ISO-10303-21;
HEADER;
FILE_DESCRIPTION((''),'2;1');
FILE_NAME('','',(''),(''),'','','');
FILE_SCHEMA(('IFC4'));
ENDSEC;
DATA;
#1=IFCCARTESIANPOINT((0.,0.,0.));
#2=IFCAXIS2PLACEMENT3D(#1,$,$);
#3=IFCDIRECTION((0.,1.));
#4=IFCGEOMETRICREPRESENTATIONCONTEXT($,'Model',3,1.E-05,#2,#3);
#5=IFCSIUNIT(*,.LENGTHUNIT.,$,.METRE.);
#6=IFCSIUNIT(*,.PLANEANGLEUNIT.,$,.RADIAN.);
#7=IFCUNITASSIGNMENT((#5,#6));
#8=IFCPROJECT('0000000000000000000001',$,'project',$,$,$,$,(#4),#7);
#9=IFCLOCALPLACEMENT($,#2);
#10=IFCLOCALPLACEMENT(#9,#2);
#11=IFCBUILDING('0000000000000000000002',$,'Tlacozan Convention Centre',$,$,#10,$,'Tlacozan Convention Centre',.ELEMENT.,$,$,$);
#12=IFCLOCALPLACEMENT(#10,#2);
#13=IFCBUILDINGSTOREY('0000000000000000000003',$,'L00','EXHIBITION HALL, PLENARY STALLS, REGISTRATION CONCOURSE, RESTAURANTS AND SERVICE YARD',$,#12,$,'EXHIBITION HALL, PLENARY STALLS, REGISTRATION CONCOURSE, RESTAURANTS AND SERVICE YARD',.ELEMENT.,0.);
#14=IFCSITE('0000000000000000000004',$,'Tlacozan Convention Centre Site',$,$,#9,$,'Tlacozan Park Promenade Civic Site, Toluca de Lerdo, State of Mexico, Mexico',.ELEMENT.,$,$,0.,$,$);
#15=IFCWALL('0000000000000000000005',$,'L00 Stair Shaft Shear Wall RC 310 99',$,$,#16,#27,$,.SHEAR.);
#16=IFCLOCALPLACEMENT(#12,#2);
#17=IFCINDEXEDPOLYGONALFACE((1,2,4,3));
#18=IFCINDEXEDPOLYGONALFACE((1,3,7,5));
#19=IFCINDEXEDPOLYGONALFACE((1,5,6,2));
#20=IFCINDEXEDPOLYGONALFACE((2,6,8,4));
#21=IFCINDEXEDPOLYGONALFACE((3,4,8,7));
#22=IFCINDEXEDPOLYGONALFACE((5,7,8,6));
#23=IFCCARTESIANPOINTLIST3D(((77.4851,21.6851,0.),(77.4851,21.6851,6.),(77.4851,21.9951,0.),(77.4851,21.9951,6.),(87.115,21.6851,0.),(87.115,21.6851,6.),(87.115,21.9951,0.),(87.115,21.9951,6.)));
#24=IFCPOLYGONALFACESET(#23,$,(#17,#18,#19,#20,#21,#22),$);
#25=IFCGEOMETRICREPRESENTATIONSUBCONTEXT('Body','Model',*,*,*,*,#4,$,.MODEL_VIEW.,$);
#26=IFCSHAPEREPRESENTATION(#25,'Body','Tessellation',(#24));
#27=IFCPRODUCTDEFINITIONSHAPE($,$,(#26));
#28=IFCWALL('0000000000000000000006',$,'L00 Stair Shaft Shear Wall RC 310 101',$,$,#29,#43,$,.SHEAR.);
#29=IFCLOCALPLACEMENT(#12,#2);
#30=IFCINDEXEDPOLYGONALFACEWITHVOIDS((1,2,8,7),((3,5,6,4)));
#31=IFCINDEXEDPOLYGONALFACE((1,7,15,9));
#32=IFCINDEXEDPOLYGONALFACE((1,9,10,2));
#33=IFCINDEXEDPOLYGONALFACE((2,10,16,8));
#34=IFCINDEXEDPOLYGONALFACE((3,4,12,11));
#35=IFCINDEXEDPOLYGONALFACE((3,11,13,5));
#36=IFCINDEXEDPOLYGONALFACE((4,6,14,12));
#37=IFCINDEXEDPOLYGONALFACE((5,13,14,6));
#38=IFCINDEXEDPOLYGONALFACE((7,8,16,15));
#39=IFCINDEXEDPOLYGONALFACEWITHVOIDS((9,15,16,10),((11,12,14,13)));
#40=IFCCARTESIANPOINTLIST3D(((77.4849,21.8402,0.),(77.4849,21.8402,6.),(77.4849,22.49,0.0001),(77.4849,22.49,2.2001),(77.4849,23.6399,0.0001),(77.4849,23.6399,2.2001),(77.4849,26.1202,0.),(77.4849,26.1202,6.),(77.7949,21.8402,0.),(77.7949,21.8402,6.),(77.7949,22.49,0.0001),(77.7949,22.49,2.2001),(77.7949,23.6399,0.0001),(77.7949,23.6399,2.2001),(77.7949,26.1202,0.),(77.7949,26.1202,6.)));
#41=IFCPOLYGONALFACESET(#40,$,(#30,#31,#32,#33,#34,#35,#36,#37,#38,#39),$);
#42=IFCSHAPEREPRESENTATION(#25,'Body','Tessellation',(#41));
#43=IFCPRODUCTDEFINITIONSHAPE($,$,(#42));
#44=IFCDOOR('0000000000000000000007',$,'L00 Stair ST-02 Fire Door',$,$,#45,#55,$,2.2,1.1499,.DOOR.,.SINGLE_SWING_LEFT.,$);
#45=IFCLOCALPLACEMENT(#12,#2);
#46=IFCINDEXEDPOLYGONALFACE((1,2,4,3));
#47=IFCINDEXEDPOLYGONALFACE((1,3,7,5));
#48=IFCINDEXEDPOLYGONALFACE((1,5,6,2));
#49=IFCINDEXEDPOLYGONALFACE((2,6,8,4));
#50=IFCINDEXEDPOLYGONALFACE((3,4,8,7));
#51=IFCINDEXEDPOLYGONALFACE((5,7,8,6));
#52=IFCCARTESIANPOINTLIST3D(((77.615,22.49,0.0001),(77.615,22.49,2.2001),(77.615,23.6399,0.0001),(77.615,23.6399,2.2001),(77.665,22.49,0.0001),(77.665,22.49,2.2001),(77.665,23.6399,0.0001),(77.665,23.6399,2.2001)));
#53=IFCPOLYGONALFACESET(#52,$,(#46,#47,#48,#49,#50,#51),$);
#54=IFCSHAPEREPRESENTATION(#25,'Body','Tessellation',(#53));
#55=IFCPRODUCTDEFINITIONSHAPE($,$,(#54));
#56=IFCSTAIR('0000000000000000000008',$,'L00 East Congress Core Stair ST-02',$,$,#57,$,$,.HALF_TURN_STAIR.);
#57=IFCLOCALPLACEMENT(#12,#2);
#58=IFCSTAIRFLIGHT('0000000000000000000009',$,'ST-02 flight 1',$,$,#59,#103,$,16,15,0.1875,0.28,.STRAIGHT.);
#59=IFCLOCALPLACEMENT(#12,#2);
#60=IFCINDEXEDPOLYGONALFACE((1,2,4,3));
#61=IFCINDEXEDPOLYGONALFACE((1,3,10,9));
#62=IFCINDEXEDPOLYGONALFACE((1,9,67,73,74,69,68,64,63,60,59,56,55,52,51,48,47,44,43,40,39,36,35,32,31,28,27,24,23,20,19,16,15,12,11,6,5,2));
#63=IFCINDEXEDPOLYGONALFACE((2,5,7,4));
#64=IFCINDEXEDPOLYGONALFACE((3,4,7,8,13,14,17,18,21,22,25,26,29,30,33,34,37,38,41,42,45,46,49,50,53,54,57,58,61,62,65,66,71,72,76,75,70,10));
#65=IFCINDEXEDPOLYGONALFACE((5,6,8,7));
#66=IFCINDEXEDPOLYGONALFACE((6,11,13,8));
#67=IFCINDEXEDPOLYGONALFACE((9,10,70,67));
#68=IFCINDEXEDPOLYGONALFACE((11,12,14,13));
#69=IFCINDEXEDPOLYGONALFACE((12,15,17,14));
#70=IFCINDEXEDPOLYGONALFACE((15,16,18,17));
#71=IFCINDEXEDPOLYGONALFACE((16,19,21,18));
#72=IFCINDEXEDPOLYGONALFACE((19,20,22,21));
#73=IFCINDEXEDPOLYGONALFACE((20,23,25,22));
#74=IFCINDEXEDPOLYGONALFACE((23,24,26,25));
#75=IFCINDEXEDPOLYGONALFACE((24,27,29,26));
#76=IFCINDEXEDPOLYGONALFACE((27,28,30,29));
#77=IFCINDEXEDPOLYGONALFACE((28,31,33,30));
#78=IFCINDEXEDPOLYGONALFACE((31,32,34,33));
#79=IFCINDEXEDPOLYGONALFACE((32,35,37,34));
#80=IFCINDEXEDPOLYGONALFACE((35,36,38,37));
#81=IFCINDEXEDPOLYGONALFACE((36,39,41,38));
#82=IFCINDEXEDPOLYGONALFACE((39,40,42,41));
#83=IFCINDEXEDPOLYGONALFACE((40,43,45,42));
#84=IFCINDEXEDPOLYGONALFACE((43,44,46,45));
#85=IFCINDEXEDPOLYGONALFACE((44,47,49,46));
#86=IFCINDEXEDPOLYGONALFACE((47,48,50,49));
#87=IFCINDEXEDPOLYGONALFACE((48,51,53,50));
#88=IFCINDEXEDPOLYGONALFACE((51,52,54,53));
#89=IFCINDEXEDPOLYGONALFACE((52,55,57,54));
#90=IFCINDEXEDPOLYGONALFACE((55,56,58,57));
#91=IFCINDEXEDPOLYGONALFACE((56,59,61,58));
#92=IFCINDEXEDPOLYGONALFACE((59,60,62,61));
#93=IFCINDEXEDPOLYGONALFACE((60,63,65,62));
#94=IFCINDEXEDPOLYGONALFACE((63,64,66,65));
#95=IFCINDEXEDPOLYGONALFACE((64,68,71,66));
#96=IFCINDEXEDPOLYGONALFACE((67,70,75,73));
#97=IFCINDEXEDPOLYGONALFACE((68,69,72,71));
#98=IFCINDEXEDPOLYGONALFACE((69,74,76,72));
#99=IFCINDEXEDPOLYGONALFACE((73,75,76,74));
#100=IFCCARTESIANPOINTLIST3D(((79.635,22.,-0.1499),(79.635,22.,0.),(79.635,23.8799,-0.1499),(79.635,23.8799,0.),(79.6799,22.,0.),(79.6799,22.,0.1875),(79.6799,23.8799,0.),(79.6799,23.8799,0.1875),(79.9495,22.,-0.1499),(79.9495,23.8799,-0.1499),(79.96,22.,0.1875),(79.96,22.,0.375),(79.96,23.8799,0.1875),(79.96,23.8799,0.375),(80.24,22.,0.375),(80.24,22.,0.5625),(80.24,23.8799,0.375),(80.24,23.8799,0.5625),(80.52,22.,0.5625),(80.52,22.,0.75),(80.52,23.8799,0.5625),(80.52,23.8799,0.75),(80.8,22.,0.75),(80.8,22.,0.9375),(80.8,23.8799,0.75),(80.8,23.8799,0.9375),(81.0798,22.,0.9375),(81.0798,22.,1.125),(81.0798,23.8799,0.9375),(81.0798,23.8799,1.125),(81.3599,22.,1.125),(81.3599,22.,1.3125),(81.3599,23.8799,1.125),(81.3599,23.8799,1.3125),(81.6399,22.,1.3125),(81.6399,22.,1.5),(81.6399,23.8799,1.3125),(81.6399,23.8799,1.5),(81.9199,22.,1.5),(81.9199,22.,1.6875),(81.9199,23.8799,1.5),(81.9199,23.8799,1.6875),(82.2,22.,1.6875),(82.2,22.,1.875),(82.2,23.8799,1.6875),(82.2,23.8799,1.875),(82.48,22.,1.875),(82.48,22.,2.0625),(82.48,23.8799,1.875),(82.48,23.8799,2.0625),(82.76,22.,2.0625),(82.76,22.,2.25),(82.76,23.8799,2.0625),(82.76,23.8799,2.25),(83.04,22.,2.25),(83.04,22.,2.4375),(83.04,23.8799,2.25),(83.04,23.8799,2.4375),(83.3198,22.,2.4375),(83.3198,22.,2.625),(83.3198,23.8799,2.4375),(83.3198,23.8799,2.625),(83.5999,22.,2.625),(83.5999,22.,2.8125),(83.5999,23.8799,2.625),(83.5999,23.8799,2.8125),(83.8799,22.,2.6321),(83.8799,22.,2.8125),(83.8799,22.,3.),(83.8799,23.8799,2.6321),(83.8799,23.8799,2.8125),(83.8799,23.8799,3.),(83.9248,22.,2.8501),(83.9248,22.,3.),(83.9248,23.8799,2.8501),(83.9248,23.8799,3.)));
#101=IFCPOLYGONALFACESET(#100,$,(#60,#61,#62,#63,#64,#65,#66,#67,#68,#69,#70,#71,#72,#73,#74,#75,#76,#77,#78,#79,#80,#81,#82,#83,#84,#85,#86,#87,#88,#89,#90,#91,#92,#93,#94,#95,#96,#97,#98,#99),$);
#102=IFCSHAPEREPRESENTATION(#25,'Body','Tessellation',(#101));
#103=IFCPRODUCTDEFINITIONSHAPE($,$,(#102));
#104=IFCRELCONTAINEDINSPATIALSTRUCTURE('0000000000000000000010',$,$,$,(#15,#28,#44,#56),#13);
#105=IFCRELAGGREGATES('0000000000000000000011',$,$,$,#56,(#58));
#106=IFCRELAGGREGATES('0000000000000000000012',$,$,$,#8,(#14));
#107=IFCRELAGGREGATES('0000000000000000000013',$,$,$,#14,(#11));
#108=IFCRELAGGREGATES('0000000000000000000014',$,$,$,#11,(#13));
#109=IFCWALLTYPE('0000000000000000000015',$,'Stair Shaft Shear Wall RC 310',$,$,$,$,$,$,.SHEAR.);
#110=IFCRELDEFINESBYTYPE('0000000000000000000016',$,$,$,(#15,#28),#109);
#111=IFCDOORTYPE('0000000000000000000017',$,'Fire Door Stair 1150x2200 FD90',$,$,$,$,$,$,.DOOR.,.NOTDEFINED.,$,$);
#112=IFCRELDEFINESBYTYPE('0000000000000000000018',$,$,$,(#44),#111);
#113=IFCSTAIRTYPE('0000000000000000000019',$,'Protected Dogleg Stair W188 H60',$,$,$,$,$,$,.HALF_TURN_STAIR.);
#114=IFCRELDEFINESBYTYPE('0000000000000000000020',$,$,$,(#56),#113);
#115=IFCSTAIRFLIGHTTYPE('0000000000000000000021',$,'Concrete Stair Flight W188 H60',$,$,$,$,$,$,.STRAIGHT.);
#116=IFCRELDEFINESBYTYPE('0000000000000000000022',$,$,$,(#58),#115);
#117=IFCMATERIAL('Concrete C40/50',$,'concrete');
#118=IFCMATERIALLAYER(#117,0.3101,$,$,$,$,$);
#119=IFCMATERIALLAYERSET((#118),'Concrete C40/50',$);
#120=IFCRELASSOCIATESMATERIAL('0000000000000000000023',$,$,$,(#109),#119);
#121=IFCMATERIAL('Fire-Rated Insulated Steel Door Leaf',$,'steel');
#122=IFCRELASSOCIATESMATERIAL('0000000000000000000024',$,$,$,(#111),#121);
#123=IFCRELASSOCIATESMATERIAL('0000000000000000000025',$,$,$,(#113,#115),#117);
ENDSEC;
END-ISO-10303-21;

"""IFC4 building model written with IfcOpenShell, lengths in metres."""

from ifc_helpers import new_model, si_unit, direction, frame, frame_2d, origin, place, context, subcontext, project, spatial, polyline, rectangle, outline, extrude, material, layer, layer_set, type_object, element, fill, aggregate, save


model = new_model("IFC4")

# Units and contexts
model_context = context("Model", 3, precision=1e-05, world=origin(), true_north=direction((0.0, 1.0)))
body_context = subcontext(model_context, "Body", "Model", "MODEL_VIEW")
ifc_project = project(units=[si_unit("LENGTHUNIT", "METRE"), si_unit("PLANEANGLEUNIT", "RADIAN")], contexts=[model_context])

# Site, building, storey
site_placement = place(None, origin())
site = spatial("IfcSite", under=ifc_project, at=site_placement, Name="Tlacozan Convention Centre Site", LongName="Tlacozan Park Promenade Civic Site, Toluca de Lerdo, State of Mexico, Mexico", CompositionType="ELEMENT", RefElevation=0.0)
building_placement = place(site_placement, origin())
building = spatial("IfcBuilding", under=site, at=building_placement, Name="Tlacozan Convention Centre", LongName="Tlacozan Convention Centre", CompositionType="ELEMENT")
storey_placement = place(building_placement, origin())
storey = spatial("IfcBuildingStorey", under=building, at=storey_placement, Name="L00", Description="EXHIBITION HALL, PLENARY STALLS, REGISTRATION CONCOURSE, RESTAURANTS AND SERVICE YARD", LongName="EXHIBITION HALL, PLENARY STALLS, REGISTRATION CONCOURSE, RESTAURANTS AND SERVICE YARD", CompositionType="ELEMENT", Elevation=0.0)

# Shared definitions
ifc_material_1 = material(Name="Concrete C40/50", Category="concrete")

# Shared definitions
ifc_material_2 = material(Name="Fire-Rated Insulated Steel Door Leaf", Category="steel")

# Wall
ifc_layer_1 = layer(ifc_material_1, 0.3101)
ifc_layer_set_1 = layer_set([ifc_layer_1], Name="Concrete C40/50")
wall_type_1 = type_object("IfcWallType", Name="Stair Shaft Shear Wall RC 310", PredefinedType="SHEAR", material=ifc_layer_set_1)
wall_1_placement = place(storey_placement, frame((77.4851, 21.8401, 0.0), z_axis=(0.0, 0.0, 1.0), x_axis=(1.0, 0.0, 0.0)))
element("IfcWall", 1, at=wall_1_placement, inside=storey, type_object=wall_type_1, Name="L00 Stair Shaft Shear Wall RC 310 99", PredefinedType="SHEAR", context=body_context, shape_type="SweptSolid", body=[
    extrude(rectangle(XDim=9.6299, YDim=0.3101, at=frame_2d((4.8149, 0.0))), origin(), (0.0, 0.0, 1.0), 6.0),
])

# Wall, opening, door
wall_2_placement = place(storey_placement, frame((77.6399, 21.8401, 0.0), z_axis=(0.0, 0.0, 1.0), x_axis=(0.0, 1.0, 0.0)))
wall_2 = element("IfcWall", 2, at=wall_2_placement, inside=storey, type_object=wall_type_1, Name="L00 Stair Shaft Shear Wall RC 310 101", PredefinedType="SHEAR", context=body_context, shape_type="SweptSolid", body=[
    extrude(rectangle(XDim=4.28, YDim=0.3101, at=frame_2d((2.1401, 0.0))), origin(), (0.0, 0.0, 1.0), 6.0),
])
opening_1_placement = place(wall_2_placement, frame((0.6499, 0.0, 0.0)))
opening_1 = element("IfcOpeningElement", 3, at=opening_1_placement, cuts=wall_2, PredefinedType="OPENING", context=body_context, shape_type="SweptSolid", body=[
    extrude(rectangle(XDim=1.1499, YDim=2.2, at=frame_2d((0.575, 1.1001))), frame((0.0, 0.165, 0.0), z_axis=(0.0, -1.0, 0.0), x_axis=(1.0, 0.0, 0.0)), (0.0, 0.0, 1.0), 0.3301),
])
door_type_1 = type_object("IfcDoorType", Name="Fire Door Stair 1150x2200 FD90", OperationType="NOTDEFINED", PredefinedType="DOOR", material=ifc_material_2)
door_1_placement = place(opening_1_placement, origin())
door_1 = element("IfcDoor", 4, at=door_1_placement, inside=storey, type_object=door_type_1, Name="L00 Stair ST-02 Fire Door", OperationType="SINGLE_SWING_LEFT", OverallHeight=2.2, OverallWidth=1.1499, PredefinedType="DOOR", context=body_context, shape_type="SweptSolid", body=[
    extrude(rectangle(XDim=1.1499, YDim=2.2, at=frame_2d((0.575, 1.1001))), frame((0.0, 0.0249, 0.0), z_axis=(0.0, -1.0, 0.0), x_axis=(1.0, 0.0, 0.0)), (0.0, 0.0, 1.0), 0.05),
])
fill(opening_1, door_1)

# Stair, stair flight
stair_type = type_object("IfcStairType", Name="Protected Dogleg Stair W188 H60", PredefinedType="HALF_TURN_STAIR", material=ifc_material_1)
stair_placement = place(storey_placement, origin())
stair = element("IfcStair", 5, at=stair_placement, inside=storey, type_object=stair_type, Name="L00 East Congress Core Stair ST-02", PredefinedType="HALF_TURN_STAIR")
stair_flight_type = type_object("IfcStairFlightType", Name="Concrete Stair Flight W188 H60", PredefinedType="STRAIGHT", material=ifc_material_1)
stair_flight_placement = place(storey_placement, frame((79.6799, 22.9399, 0.0), z_axis=(0.0, 0.0, 1.0), x_axis=(1.0, 0.0, 0.0)))
stair_flight = element("IfcStairFlight", 6, at=stair_flight_placement, type_object=stair_flight_type, Name="ST-02 flight 1", NumberOfRisers=16, NumberOfTreads=15, PredefinedType="STRAIGHT", RiserHeight=0.1875, TreadLength=0.28, context=body_context, shape_type="SweptSolid", body=[
    extrude(outline(polyline([(-0.0449, -0.1499), (-0.0449, 0.0), (0.0, 0.0), (0.0, 0.1875), (0.28, 0.1875), (0.28, 0.375), (0.5601, 0.375), (0.5601, 0.5625), (0.8401, 0.5625), (0.8401, 0.75), (1.1201, 0.75), (1.1201, 0.9375), (1.3999, 0.9375), (1.3999, 1.125), (1.6799, 1.125), (1.6799, 1.3125), (1.96, 1.3125), (1.96, 1.5), (2.24, 1.5), (2.24, 1.6875), (2.52, 1.6875), (2.52, 1.875), (2.8, 1.875), (2.8, 2.0625), (3.0801, 2.0625), (3.0801, 2.25), (3.3601, 2.25), (3.3601, 2.4375), (3.6399, 2.4375), (3.6399, 2.625), (3.9199, 2.625), (3.9199, 2.8125), (4.2, 2.8125), (4.2, 3.0), (4.2449, 3.0), (4.2449, 2.8501), (4.2, 2.6321), (0.2695, -0.1499), (-0.0449, -0.1499)])), frame((0.0, 0.9399, 0.0), z_axis=(0.0, -1.0, 0.0), x_axis=(1.0, 0.0, 0.0)), (0.0, 0.0, 1.0), 1.8799),
])
aggregate(stair, [stair_flight])

save(model, "model.ifc")
